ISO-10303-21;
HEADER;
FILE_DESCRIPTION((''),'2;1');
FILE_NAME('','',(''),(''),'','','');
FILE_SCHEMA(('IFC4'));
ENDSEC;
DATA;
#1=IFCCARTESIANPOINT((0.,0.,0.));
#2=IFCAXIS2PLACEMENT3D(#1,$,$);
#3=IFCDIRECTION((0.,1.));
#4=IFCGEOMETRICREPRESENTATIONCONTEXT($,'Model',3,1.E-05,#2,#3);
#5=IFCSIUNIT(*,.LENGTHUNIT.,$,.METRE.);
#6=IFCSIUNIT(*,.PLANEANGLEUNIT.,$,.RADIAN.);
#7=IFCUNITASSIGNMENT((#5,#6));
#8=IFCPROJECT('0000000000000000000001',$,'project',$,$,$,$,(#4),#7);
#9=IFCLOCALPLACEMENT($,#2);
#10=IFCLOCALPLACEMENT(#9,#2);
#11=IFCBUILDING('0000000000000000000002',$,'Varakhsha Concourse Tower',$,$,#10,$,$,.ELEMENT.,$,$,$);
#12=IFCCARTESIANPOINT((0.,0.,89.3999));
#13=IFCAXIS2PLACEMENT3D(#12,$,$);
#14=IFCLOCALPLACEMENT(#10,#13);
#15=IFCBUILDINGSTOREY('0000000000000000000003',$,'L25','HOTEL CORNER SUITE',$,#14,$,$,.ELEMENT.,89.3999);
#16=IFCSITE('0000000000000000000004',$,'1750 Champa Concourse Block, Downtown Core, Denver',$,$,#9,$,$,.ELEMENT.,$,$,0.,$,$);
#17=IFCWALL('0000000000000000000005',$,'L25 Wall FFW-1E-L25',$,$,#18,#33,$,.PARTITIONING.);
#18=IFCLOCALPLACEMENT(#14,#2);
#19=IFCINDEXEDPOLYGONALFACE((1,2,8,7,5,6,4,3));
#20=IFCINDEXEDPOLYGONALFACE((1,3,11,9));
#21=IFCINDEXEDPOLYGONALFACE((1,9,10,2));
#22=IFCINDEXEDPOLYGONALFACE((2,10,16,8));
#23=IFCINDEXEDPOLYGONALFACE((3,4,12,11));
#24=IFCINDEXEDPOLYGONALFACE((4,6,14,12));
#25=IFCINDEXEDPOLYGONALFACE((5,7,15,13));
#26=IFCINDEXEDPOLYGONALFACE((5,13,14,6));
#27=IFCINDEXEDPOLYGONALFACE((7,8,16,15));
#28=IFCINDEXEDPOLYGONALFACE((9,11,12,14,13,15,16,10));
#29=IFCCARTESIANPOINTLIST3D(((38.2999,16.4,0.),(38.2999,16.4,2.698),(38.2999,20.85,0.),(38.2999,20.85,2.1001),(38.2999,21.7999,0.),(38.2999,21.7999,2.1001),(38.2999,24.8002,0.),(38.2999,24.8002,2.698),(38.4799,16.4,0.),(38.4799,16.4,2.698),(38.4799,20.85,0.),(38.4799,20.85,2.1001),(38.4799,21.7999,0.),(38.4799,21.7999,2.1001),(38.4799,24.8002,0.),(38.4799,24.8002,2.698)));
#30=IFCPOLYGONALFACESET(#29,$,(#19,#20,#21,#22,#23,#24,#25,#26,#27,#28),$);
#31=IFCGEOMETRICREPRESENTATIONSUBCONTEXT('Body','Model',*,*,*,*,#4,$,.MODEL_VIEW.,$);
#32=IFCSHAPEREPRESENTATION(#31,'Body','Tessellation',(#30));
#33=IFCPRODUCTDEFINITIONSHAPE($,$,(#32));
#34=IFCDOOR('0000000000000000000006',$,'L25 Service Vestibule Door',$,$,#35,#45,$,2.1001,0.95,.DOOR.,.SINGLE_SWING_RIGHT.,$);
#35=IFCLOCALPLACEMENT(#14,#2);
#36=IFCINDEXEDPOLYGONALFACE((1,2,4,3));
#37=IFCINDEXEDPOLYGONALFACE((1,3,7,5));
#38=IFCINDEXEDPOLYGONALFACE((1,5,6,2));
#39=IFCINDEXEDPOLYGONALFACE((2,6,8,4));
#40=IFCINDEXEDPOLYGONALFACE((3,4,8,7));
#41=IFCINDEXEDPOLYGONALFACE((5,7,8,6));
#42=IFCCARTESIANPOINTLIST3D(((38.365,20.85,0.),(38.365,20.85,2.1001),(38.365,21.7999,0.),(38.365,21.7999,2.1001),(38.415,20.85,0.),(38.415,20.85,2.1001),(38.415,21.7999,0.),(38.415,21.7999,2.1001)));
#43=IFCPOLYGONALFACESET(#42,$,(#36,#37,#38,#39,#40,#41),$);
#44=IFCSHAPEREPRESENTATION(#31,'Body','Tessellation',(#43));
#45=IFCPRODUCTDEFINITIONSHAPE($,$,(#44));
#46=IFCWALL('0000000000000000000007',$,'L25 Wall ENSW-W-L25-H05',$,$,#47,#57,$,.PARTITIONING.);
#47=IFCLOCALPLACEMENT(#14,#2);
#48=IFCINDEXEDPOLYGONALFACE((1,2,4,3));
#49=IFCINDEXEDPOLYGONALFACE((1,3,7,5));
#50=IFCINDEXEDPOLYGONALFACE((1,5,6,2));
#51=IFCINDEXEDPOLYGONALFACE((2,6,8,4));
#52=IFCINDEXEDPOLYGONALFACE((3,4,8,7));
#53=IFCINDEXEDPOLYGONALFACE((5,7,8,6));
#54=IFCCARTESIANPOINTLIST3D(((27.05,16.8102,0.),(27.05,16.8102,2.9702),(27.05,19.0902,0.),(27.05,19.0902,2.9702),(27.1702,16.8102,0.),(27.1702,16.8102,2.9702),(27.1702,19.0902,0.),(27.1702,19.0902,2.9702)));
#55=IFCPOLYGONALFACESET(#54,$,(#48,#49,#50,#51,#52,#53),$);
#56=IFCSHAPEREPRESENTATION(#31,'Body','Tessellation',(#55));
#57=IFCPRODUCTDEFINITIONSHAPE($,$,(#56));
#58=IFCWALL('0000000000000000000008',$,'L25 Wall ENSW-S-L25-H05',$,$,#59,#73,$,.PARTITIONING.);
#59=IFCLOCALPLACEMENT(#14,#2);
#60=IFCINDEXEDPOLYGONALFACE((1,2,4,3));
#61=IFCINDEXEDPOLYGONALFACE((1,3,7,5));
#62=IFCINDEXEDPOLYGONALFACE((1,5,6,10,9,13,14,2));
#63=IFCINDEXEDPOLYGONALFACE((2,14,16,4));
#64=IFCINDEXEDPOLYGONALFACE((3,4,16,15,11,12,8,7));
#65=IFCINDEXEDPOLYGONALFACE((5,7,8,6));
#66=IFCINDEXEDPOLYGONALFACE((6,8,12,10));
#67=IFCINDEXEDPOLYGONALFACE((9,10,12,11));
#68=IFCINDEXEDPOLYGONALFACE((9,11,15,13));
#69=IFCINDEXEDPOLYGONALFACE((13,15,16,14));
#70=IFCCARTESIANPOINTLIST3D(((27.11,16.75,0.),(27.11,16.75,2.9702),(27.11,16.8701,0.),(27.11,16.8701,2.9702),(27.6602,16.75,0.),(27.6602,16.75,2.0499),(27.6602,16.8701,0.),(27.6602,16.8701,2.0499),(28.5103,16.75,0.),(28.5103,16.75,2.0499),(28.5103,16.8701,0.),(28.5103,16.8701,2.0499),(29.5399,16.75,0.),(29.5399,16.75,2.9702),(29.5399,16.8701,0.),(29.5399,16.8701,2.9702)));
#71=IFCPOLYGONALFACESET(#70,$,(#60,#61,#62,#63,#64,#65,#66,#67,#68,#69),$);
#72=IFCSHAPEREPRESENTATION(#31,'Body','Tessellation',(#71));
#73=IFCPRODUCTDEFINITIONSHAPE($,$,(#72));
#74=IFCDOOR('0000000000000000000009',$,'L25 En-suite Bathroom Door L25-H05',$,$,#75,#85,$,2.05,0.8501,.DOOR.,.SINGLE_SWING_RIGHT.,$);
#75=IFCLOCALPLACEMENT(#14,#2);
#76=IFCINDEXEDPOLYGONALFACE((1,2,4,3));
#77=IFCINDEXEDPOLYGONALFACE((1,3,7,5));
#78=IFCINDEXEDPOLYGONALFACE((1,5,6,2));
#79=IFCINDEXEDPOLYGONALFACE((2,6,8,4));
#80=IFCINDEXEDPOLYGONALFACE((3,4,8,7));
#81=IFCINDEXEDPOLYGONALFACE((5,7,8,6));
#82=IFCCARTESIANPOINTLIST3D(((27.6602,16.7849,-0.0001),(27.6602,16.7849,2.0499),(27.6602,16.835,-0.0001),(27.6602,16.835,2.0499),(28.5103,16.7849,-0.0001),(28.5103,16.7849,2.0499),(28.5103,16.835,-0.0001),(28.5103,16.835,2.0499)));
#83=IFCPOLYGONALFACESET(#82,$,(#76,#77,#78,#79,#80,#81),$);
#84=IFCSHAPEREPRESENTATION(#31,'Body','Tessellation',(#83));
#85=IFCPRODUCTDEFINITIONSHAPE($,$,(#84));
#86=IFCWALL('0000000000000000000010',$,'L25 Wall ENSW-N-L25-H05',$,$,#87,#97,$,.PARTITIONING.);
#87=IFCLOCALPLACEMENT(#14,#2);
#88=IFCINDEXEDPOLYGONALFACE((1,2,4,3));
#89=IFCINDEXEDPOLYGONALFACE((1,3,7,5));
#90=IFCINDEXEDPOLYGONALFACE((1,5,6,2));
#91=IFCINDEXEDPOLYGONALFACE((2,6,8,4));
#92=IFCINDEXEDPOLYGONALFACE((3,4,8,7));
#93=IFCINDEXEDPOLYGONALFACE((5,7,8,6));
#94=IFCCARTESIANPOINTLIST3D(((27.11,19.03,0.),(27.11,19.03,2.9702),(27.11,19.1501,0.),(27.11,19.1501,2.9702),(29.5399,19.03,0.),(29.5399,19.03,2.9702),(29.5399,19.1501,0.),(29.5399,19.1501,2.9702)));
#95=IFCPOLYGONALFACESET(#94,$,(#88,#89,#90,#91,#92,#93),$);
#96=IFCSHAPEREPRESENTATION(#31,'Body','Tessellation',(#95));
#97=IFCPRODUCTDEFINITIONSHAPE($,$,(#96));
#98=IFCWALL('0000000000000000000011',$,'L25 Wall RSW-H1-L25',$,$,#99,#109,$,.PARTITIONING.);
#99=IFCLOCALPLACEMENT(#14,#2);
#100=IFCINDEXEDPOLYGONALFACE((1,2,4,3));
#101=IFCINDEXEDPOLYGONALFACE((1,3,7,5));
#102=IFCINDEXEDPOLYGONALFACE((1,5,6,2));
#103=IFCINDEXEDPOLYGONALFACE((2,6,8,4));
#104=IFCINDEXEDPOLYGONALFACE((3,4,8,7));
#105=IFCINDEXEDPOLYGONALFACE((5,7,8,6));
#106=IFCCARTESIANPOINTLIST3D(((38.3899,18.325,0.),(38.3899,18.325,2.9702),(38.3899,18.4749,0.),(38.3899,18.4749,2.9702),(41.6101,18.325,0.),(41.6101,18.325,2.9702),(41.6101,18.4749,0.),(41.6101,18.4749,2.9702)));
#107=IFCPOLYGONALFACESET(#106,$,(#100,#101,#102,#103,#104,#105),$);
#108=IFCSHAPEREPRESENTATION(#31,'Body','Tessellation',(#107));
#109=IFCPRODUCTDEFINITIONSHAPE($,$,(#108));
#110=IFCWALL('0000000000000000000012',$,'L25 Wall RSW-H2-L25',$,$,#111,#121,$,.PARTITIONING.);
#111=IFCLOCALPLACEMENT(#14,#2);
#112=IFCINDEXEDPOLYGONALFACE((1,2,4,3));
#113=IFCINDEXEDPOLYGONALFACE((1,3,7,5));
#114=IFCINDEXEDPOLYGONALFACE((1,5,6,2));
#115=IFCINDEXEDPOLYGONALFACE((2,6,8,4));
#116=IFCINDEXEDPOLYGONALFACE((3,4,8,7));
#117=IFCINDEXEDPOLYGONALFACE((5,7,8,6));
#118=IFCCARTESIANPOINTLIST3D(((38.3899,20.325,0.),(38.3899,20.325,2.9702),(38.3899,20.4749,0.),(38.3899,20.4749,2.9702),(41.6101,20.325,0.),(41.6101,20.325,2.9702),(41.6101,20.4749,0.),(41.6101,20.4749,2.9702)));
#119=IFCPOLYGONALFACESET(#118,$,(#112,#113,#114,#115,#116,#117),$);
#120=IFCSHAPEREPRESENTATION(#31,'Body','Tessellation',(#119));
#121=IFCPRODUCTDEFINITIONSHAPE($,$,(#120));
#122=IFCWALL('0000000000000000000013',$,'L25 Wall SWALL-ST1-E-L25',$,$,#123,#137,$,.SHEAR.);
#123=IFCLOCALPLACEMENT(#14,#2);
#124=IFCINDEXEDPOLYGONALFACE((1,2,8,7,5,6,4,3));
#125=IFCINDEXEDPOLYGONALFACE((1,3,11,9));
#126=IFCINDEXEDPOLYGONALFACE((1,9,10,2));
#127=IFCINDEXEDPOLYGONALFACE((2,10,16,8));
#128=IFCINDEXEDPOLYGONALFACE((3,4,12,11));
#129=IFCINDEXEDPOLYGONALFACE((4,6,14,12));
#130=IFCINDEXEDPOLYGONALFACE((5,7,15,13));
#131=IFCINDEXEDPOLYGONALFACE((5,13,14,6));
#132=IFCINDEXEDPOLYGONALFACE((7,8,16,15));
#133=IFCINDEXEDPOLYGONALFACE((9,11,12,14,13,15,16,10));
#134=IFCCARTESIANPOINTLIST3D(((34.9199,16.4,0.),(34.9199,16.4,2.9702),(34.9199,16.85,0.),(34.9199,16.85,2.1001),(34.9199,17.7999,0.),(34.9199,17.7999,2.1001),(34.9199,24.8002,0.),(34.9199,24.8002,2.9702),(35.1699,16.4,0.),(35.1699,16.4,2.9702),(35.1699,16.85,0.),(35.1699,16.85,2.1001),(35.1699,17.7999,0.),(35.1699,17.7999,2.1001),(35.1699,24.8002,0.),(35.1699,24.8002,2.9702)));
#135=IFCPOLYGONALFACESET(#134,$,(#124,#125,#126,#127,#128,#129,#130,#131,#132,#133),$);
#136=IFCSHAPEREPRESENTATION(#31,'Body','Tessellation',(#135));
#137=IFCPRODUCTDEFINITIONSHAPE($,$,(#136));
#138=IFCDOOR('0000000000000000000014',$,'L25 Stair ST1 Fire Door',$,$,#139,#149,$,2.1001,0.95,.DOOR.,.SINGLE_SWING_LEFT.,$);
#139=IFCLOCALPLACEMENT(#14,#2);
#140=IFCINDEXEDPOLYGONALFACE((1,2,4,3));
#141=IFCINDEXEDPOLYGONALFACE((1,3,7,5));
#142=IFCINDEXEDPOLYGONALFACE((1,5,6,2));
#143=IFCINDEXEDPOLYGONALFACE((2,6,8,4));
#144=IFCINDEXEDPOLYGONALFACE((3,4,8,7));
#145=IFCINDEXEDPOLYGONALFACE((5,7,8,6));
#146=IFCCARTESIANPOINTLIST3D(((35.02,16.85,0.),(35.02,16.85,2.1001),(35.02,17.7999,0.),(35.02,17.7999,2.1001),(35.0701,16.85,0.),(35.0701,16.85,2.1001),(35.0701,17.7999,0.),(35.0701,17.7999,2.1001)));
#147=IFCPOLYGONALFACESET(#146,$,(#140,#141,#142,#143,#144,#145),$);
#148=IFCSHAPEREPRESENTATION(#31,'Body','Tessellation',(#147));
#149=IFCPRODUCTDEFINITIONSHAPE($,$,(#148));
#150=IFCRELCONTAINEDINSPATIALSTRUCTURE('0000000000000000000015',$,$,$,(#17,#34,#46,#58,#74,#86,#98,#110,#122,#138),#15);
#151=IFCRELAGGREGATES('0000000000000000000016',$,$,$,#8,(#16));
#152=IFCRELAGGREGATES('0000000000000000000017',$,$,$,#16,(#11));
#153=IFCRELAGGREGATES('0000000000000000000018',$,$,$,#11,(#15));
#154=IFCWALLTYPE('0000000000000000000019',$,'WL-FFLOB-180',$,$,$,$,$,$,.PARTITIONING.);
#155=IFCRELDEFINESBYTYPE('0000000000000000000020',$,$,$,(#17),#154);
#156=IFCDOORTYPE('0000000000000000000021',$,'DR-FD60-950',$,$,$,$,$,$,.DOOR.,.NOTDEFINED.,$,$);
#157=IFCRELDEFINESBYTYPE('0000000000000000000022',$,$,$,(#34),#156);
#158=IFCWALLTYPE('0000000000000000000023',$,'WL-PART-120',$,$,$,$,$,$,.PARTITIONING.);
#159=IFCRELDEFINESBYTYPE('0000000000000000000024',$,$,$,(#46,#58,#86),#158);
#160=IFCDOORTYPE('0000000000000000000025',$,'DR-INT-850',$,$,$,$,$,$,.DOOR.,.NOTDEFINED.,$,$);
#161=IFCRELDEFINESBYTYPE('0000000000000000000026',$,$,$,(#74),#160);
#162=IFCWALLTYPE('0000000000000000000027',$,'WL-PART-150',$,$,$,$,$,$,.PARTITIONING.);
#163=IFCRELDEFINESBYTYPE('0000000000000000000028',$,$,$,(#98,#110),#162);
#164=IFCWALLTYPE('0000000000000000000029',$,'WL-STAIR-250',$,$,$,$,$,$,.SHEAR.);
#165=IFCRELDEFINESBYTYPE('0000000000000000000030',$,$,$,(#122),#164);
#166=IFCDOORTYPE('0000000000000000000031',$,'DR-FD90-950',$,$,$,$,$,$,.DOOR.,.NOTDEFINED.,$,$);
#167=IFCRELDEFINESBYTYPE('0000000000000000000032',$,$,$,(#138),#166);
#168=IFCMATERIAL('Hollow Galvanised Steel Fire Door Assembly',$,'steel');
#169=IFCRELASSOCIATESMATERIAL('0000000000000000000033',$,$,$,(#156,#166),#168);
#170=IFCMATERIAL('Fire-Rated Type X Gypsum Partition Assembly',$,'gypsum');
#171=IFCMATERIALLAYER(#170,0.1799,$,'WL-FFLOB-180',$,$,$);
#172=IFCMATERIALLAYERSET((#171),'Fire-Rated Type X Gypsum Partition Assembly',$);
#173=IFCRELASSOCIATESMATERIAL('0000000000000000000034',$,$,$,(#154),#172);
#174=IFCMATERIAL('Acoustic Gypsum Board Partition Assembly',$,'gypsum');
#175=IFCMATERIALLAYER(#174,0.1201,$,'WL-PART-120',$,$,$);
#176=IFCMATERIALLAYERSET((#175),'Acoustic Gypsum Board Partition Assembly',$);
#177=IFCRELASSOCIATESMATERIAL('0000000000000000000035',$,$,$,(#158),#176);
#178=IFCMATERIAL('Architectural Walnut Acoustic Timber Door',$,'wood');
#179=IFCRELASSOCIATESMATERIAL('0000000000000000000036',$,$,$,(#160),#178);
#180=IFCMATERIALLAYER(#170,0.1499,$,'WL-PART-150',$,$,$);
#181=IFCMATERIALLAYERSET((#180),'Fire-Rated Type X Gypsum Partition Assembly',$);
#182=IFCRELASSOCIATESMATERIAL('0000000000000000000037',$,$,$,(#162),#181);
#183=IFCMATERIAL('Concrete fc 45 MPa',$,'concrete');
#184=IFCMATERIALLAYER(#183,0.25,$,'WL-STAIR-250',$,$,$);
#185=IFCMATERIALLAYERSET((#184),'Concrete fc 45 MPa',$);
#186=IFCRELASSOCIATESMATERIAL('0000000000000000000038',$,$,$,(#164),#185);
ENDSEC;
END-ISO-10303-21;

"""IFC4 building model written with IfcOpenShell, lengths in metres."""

from ifc_helpers import new_model, si_unit, direction, frame, frame_2d, origin, place, context, subcontext, project, spatial, rectangle, extrude, material, layer, layer_set, type_object, element, fill, save


model = new_model("IFC4")

# Units and contexts
model_context = context("Model", 3, precision=1e-05, world=origin(), true_north=direction((0.0, 1.0)))
body_context = subcontext(model_context, "Body", "Model", "MODEL_VIEW")
ifc_project = project(units=[si_unit("LENGTHUNIT", "METRE"), si_unit("PLANEANGLEUNIT", "RADIAN")], contexts=[model_context])

# Site, building, storey
site_placement = place(None, origin())
site = spatial("IfcSite", under=ifc_project, at=site_placement, Name="1750 Champa Concourse Block, Downtown Core, Denver", CompositionType="ELEMENT", RefElevation=0.0)
building_placement = place(site_placement, origin())
building = spatial("IfcBuilding", under=site, at=building_placement, Name="Varakhsha Concourse Tower", CompositionType="ELEMENT")
storey_placement = place(building_placement, frame((0.0, 0.0, 89.3999)))
storey = spatial("IfcBuildingStorey", under=building, at=storey_placement, Name="L25", Description="HOTEL CORNER SUITE", CompositionType="ELEMENT", Elevation=89.3999)

# Shared definitions
ifc_material_1 = material(Name="Hollow Galvanised Steel Fire Door Assembly", Category="steel")
door_type_1 = type_object("IfcDoorType", Name="DR-FD60-950", OperationType="NOTDEFINED", PredefinedType="DOOR", material=ifc_material_1)

# Wall, opening, door
ifc_material_2 = material(Name="Fire-Rated Type X Gypsum Partition Assembly", Category="gypsum")
ifc_layer_1 = layer(ifc_material_2, 0.1799, Name="WL-FFLOB-180")
ifc_layer_set_1 = layer_set([ifc_layer_1], Name="Fire-Rated Type X Gypsum Partition Assembly")
wall_type_1 = type_object("IfcWallType", Name="WL-FFLOB-180", PredefinedType="PARTITIONING", material=ifc_layer_set_1)
wall_1_placement = place(storey_placement, frame((38.3899, 16.3999, 0.0), z_axis=(0.0, 0.0, 1.0), x_axis=(0.0, 1.0, 0.0)))
wall_1 = element("IfcWall", 1, at=wall_1_placement, inside=storey, type_object=wall_type_1, Name="L25 Wall FFW-1E-L25", PredefinedType="PARTITIONING", context=body_context, shape_type="SweptSolid", body=[
    extrude(rectangle(XDim=8.4001, YDim=0.1799, at=frame_2d((4.2002, 0.0))), origin(), (0.0, 0.0, 1.0), 2.698),
])
opening_1_placement = place(wall_1_placement, frame((4.45, 0.0, 0.0)))
opening_1 = element("IfcOpeningElement", 2, at=opening_1_placement, cuts=wall_1, PredefinedType="OPENING", context=body_context, shape_type="SweptSolid", body=[
    extrude(rectangle(XDim=0.95, YDim=2.1001, at=frame_2d((0.4751, 1.05))), frame((0.0, 0.0999, 0.0), z_axis=(0.0, -1.0, 0.0), x_axis=(1.0, 0.0, 0.0)), (0.0, 0.0, 1.0), 0.2),
])
door_1_placement = place(opening_1_placement, origin())
door_1 = element("IfcDoor", 3, at=door_1_placement, inside=storey, type_object=door_type_1, Name="L25 Service Vestibule Door", OperationType="SINGLE_SWING_RIGHT", OverallHeight=2.1001, OverallWidth=0.95, PredefinedType="DOOR", context=body_context, shape_type="SweptSolid", body=[
    extrude(rectangle(XDim=0.95, YDim=2.1001, at=frame_2d((0.4751, 1.05))), frame((0.0, 0.0249, 0.0), z_axis=(0.0, -1.0, 0.0), x_axis=(1.0, 0.0, 0.0)), (0.0, 0.0, 1.0), 0.05),
])
fill(opening_1, door_1)

# Wall
ifc_material_3 = material(Name="Acoustic Gypsum Board Partition Assembly", Category="gypsum")
ifc_layer_2 = layer(ifc_material_3, 0.1201, Name="WL-PART-120")
ifc_layer_set_2 = layer_set([ifc_layer_2], Name="Acoustic Gypsum Board Partition Assembly")
wall_type_2 = type_object("IfcWallType", Name="WL-PART-120", PredefinedType="PARTITIONING", material=ifc_layer_set_2)
wall_2_placement = place(storey_placement, frame((27.1101, 16.8101, 0.0), z_axis=(0.0, 0.0, 1.0), x_axis=(0.0, 1.0, 0.0)))
element("IfcWall", 4, at=wall_2_placement, inside=storey, type_object=wall_type_2, Name="L25 Wall ENSW-W-L25-H05", PredefinedType="PARTITIONING", context=body_context, shape_type="SweptSolid", body=[
    extrude(rectangle(XDim=2.28, YDim=0.1201, at=frame_2d((1.1401, 0.0))), origin(), (0.0, 0.0, 1.0), 2.9702),
])

# Wall, opening, door
wall_3_placement = place(storey_placement, frame((27.1101, 16.8101, 0.0), z_axis=(0.0, 0.0, 1.0), x_axis=(1.0, 0.0, 0.0)))
wall_3 = element("IfcWall", 5, at=wall_3_placement, inside=storey, type_object=wall_type_2, Name="L25 Wall ENSW-S-L25-H05", PredefinedType="PARTITIONING", context=body_context, shape_type="SweptSolid", body=[
    extrude(rectangle(XDim=2.4299, YDim=0.1201, at=frame_2d((1.2148, 0.0))), origin(), (0.0, 0.0, 1.0), 2.9702),
])
opening_2_placement = place(wall_3_placement, frame((0.55, 0.0, 0.0)))
opening_2 = element("IfcOpeningElement", 6, at=opening_2_placement, cuts=wall_3, PredefinedType="OPENING", context=body_context, shape_type="SweptSolid", body=[
    extrude(rectangle(XDim=0.8501, YDim=2.05, at=frame_2d((0.425, 1.0249))), frame((0.0, 0.0701, 0.0), z_axis=(0.0, -1.0, 0.0), x_axis=(1.0, 0.0, 0.0)), (0.0, 0.0, 1.0), 0.1401),
])
ifc_material_4 = material(Name="Architectural Walnut Acoustic Timber Door", Category="wood")
door_type_2 = type_object("IfcDoorType", Name="DR-INT-850", OperationType="NOTDEFINED", PredefinedType="DOOR", material=ifc_material_4)
door_2_placement = place(opening_2_placement, origin())
door_2 = element("IfcDoor", 7, at=door_2_placement, inside=storey, type_object=door_type_2, Name="L25 En-suite Bathroom Door L25-H05", OperationType="SINGLE_SWING_RIGHT", OverallHeight=2.05, OverallWidth=0.8501, PredefinedType="DOOR", context=body_context, shape_type="SweptSolid", body=[
    extrude(rectangle(XDim=0.8501, YDim=2.05, at=frame_2d((0.425, 1.0249))), frame((0.0, 0.0249, 0.0), z_axis=(0.0, -1.0, 0.0), x_axis=(1.0, 0.0, 0.0)), (0.0, 0.0, 1.0), 0.05),
])
fill(opening_2, door_2)

# Walls
wall_4_placement = place(storey_placement, frame((27.1101, 19.0901, 0.0), z_axis=(0.0, 0.0, 1.0), x_axis=(1.0, 0.0, 0.0)))
element("IfcWall", 8, at=wall_4_placement, inside=storey, type_object=wall_type_2, Name="L25 Wall ENSW-N-L25-H05", PredefinedType="PARTITIONING", context=body_context, shape_type="SweptSolid", body=[
    extrude(rectangle(XDim=2.4299, YDim=0.1201, at=frame_2d((1.2148, 0.0))), origin(), (0.0, 0.0, 1.0), 2.9702),
])
ifc_layer_3 = layer(ifc_material_2, 0.1499, Name="WL-PART-150")
ifc_layer_set_3 = layer_set([ifc_layer_3], Name="Fire-Rated Type X Gypsum Partition Assembly")
wall_type_3 = type_object("IfcWallType", Name="WL-PART-150", PredefinedType="PARTITIONING", material=ifc_layer_set_3)
for number, where, z_axis, x_axis, name in (
    (9, (38.3899, 18.3999, 0.0), (0.0, 0.0, 1.0), (1.0, 0.0, 0.0), "L25 Wall RSW-H1-L25"),
    (10, (38.3899, 20.3999, 0.0), (0.0, 0.0, 1.0), (1.0, 0.0, 0.0), "L25 Wall RSW-H2-L25"),
):
    element("IfcWall", number, at=place(storey_placement, frame(where, z_axis=z_axis, x_axis=x_axis)), inside=storey, type_object=wall_type_3, Name=name, PredefinedType="PARTITIONING", context=body_context, shape_type="SweptSolid", body=[
        extrude(rectangle(XDim=3.2202, YDim=0.1499, at=frame_2d((1.6101, 0.0))), origin(), (0.0, 0.0, 1.0), 2.9702),
    ])

# Wall, opening, door
ifc_material_5 = material(Name="Concrete fc 45 MPa", Category="concrete")
ifc_layer_4 = layer(ifc_material_5, 0.25, Name="WL-STAIR-250")
ifc_layer_set_4 = layer_set([ifc_layer_4], Name="Concrete fc 45 MPa")
wall_type_4 = type_object("IfcWallType", Name="WL-STAIR-250", PredefinedType="SHEAR", material=ifc_layer_set_4)
wall_5_placement = place(storey_placement, frame((35.0449, 16.3999, 0.0), z_axis=(0.0, 0.0, 1.0), x_axis=(0.0, 1.0, 0.0)))
wall_5 = element("IfcWall", 11, at=wall_5_placement, inside=storey, type_object=wall_type_4, Name="L25 Wall SWALL-ST1-E-L25", PredefinedType="SHEAR", context=body_context, shape_type="SweptSolid", body=[
    extrude(rectangle(XDim=8.4001, YDim=0.25, at=frame_2d((4.2002, 0.0))), origin(), (0.0, 0.0, 1.0), 2.9702),
])
opening_3_placement = place(wall_5_placement, frame((0.45, 0.0, 0.0)))
opening_3 = element("IfcOpeningElement", 12, at=opening_3_placement, cuts=wall_5, PredefinedType="OPENING", context=body_context, shape_type="SweptSolid", body=[
    extrude(rectangle(XDim=0.95, YDim=2.1001, at=frame_2d((0.4751, 1.05))), frame((0.0, 0.135, 0.0), z_axis=(0.0, -1.0, 0.0), x_axis=(1.0, 0.0, 0.0)), (0.0, 0.0, 1.0), 0.27),
])
door_type_3 = type_object("IfcDoorType", Name="DR-FD90-950", OperationType="NOTDEFINED", PredefinedType="DOOR", material=ifc_material_1)
door_3_placement = place(opening_3_placement, origin())
door_3 = element("IfcDoor", 13, at=door_3_placement, inside=storey, type_object=door_type_3, Name="L25 Stair ST1 Fire Door", OperationType="SINGLE_SWING_LEFT", OverallHeight=2.1001, OverallWidth=0.95, PredefinedType="DOOR", context=body_context, shape_type="SweptSolid", body=[
    extrude(rectangle(XDim=0.95, YDim=2.1001, at=frame_2d((0.4751, 1.05))), frame((0.0, 0.0249, 0.0), z_axis=(0.0, -1.0, 0.0), x_axis=(1.0, 0.0, 0.0)), (0.0, 0.0, 1.0), 0.05),
])
fill(opening_3, door_3)

save(model, "model.ifc")
